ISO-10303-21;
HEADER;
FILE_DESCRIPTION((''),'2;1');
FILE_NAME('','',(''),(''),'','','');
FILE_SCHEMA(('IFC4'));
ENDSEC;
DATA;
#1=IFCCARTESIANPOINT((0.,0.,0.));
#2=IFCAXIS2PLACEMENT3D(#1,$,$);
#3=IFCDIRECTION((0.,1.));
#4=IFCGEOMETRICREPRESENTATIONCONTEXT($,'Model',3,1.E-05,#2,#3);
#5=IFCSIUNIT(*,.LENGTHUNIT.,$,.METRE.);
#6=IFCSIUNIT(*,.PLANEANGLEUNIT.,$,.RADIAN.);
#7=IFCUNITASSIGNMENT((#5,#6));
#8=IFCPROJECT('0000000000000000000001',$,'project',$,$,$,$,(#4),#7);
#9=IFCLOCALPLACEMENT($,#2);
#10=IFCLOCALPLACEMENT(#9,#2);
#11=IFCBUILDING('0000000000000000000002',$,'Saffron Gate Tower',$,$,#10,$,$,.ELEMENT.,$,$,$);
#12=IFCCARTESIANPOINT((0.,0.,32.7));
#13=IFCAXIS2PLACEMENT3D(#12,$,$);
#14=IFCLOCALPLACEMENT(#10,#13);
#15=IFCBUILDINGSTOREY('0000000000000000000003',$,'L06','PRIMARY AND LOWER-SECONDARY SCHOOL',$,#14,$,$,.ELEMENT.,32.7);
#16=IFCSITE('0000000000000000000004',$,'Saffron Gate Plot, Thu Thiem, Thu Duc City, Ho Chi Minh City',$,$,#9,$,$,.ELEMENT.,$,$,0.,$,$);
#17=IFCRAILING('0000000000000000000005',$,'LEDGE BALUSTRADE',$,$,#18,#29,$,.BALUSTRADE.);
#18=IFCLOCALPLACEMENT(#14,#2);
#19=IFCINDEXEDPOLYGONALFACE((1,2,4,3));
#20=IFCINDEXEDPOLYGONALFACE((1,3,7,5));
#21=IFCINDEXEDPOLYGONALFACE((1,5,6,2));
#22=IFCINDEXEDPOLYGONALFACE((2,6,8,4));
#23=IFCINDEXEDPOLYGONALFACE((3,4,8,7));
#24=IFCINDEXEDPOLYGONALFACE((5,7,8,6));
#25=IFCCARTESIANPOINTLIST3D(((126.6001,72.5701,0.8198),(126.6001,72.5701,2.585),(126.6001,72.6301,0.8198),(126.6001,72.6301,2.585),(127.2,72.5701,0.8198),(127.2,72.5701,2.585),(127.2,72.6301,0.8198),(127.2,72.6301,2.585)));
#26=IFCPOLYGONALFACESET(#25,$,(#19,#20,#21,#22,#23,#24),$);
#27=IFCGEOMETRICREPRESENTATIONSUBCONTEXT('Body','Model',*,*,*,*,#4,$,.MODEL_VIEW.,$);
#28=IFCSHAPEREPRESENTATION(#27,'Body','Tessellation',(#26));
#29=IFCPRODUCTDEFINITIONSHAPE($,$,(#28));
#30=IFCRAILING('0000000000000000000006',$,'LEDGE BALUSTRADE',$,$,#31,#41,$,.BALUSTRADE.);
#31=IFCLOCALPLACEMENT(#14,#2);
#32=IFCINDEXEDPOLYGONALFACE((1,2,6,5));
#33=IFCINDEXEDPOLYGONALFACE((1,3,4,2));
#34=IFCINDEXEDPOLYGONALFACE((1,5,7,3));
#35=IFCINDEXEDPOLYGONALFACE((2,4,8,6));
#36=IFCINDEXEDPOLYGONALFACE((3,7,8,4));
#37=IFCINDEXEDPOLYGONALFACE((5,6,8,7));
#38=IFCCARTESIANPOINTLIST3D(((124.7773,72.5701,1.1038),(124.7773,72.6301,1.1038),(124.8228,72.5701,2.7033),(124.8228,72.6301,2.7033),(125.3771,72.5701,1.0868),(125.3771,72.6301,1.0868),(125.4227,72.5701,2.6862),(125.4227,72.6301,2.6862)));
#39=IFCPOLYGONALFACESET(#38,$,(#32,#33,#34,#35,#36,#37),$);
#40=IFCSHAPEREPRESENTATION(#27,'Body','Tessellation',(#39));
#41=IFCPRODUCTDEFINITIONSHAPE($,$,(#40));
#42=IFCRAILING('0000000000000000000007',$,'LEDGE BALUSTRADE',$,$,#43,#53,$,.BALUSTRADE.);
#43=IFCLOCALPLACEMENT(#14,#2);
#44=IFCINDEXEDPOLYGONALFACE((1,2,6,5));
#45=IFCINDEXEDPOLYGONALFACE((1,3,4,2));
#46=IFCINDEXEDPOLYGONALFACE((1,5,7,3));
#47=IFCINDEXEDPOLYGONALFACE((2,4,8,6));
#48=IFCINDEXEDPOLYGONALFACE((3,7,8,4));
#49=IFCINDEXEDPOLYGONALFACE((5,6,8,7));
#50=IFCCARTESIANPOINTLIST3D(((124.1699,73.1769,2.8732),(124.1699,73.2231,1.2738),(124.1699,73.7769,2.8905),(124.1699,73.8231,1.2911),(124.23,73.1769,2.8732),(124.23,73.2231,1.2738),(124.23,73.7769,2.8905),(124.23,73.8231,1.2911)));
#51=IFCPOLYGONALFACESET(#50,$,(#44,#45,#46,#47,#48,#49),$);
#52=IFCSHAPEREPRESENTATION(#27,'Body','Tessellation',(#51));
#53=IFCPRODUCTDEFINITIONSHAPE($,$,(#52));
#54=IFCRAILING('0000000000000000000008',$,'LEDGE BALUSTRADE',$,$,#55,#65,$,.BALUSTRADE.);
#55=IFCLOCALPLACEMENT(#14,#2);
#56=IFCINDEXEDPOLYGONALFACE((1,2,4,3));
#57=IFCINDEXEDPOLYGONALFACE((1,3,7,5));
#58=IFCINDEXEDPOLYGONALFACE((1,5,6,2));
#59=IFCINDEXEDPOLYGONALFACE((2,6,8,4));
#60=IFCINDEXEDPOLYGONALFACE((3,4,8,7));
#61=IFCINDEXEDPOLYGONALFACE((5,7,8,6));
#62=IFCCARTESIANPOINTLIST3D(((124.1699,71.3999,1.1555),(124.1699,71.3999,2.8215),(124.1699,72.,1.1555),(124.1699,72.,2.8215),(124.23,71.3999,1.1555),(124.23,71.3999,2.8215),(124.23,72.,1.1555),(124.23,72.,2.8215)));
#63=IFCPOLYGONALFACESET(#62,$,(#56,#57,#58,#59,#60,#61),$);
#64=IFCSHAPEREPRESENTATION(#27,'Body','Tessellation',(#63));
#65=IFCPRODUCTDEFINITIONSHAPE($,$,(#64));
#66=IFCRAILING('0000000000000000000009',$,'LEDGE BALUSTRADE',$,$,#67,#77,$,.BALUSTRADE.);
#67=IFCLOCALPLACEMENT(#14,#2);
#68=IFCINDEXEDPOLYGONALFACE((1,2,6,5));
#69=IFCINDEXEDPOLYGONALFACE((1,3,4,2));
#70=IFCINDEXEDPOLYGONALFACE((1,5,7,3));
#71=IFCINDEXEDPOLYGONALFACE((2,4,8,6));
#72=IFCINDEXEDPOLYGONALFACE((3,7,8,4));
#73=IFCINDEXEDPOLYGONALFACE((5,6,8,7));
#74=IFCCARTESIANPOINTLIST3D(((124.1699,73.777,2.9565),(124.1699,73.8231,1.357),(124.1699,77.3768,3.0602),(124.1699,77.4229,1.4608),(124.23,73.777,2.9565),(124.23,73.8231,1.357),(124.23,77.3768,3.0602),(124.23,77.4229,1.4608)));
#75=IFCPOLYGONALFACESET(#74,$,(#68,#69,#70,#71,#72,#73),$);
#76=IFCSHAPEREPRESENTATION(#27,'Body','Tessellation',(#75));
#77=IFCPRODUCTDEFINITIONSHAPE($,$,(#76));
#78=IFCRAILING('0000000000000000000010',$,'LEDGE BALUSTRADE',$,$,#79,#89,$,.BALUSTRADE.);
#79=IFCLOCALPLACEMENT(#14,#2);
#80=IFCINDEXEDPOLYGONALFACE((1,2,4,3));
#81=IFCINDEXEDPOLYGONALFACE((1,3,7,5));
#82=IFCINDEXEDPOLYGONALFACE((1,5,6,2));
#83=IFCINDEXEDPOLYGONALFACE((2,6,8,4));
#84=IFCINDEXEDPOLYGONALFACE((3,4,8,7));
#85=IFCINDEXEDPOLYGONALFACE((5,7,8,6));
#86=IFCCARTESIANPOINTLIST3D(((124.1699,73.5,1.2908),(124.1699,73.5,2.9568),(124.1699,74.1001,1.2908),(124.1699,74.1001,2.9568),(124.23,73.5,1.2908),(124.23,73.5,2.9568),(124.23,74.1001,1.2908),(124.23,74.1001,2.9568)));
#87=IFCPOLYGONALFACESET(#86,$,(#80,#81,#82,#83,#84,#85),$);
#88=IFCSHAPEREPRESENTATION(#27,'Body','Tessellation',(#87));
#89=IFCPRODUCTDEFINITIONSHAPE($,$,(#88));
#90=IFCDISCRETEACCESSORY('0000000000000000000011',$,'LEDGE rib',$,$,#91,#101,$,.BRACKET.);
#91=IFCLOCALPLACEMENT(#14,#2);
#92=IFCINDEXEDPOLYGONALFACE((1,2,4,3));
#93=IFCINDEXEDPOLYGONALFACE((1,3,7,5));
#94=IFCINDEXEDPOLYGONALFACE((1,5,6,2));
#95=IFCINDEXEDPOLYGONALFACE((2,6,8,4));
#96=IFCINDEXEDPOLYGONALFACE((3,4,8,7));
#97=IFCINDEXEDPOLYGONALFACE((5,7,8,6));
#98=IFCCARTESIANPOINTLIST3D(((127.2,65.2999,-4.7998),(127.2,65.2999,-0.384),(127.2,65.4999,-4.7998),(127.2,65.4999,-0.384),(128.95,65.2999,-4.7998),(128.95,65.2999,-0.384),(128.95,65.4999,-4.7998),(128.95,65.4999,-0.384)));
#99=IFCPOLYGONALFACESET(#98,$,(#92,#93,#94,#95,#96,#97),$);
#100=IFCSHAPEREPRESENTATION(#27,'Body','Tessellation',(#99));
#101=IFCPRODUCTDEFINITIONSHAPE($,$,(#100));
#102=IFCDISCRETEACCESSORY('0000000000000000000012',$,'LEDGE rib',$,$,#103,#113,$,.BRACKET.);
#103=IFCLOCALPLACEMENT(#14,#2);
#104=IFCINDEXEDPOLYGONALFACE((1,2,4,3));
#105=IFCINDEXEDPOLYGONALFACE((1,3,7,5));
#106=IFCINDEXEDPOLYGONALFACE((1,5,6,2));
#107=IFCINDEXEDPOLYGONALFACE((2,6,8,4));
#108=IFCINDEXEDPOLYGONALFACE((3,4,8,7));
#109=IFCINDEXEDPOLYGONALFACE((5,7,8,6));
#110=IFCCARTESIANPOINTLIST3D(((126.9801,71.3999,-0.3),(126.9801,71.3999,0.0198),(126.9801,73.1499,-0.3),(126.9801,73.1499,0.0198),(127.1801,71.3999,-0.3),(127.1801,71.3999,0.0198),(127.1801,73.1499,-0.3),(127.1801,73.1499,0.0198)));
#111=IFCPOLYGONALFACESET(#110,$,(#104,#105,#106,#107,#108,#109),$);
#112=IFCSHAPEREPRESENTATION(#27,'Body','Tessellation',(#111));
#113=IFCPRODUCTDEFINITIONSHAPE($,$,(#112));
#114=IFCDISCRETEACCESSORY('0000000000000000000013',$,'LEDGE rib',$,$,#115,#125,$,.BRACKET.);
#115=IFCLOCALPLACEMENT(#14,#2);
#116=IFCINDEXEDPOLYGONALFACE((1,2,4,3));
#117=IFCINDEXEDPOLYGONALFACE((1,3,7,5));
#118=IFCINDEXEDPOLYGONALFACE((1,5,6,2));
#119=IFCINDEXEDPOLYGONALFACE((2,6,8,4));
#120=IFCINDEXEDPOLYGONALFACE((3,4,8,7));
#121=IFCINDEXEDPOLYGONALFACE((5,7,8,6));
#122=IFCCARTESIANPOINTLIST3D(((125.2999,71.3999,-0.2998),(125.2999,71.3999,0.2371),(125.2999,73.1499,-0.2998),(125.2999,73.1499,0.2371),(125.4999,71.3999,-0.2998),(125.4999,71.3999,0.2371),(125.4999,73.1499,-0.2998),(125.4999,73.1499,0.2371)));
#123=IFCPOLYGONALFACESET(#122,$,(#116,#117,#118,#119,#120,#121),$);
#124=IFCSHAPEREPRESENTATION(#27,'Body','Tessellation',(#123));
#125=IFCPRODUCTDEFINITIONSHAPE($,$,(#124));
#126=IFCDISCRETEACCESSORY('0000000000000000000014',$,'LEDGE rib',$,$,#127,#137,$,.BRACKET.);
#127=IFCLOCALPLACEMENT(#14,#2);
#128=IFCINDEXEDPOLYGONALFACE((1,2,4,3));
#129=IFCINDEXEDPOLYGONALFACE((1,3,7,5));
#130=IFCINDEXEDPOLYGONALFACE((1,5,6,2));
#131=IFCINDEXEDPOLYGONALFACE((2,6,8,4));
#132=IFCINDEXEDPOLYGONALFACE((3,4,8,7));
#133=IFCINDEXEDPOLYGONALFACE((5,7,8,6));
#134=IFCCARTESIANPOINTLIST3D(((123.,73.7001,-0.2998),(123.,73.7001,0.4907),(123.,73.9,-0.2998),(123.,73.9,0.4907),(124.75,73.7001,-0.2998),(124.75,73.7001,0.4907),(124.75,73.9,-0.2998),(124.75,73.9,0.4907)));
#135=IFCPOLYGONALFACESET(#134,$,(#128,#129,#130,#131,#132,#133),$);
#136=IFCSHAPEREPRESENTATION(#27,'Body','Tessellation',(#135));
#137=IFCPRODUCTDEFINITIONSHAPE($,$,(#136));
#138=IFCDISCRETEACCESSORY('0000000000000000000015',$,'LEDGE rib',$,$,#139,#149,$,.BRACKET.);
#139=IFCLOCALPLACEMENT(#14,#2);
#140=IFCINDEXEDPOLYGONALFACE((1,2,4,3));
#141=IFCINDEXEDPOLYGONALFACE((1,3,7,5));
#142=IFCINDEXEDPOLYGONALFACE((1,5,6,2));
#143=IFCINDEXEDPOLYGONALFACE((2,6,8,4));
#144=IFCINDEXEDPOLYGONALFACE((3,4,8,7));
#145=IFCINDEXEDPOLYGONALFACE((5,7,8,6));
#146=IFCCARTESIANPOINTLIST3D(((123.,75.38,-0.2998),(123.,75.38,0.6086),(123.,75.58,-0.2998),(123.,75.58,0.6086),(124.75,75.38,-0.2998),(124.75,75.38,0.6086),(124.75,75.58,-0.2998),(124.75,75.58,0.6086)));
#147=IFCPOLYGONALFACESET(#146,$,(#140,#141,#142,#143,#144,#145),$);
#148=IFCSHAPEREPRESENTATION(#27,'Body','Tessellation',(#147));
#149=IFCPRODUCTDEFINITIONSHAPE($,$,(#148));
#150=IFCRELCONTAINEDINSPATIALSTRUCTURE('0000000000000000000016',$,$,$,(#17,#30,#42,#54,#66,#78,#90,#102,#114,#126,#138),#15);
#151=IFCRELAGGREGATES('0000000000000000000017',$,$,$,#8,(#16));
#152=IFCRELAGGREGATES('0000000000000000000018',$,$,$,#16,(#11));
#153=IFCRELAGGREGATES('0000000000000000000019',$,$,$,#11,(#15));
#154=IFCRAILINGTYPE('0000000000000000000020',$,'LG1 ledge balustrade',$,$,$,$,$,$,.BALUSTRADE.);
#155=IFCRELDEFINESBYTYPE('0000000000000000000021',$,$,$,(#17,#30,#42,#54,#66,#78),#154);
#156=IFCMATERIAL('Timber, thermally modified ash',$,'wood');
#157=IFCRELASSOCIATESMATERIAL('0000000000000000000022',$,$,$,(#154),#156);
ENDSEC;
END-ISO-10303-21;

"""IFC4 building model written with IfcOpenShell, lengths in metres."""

from ifc_helpers import new_model, si_unit, direction, frame, origin, origin_2d, place, context, subcontext, project, spatial, rectangle, extrude, material, type_object, element, save


model = new_model("IFC4")

# Units and contexts
model_context = context("Model", 3, precision=1e-05, world=origin(), true_north=direction((0.0, 1.0)))
body_context = subcontext(model_context, "Body", "Model", "MODEL_VIEW")
ifc_project = project(units=[si_unit("LENGTHUNIT", "METRE"), si_unit("PLANEANGLEUNIT", "RADIAN")], contexts=[model_context])

# Site, building, storey
site_placement = place(None, origin())
site = spatial("IfcSite", under=ifc_project, at=site_placement, Name="Saffron Gate Plot, Thu Thiem, Thu Duc City, Ho Chi Minh City", CompositionType="ELEMENT", RefElevation=0.0)
building_placement = place(site_placement, origin())
building = spatial("IfcBuilding", under=site, at=building_placement, Name="Saffron Gate Tower", CompositionType="ELEMENT")
storey_placement = place(building_placement, frame((0.0, 0.0, 32.7)))
storey = spatial("IfcBuildingStorey", under=building, at=storey_placement, Name="L06", Description="PRIMARY AND LOWER-SECONDARY SCHOOL", CompositionType="ELEMENT", Elevation=32.7)

# Shared definitions
ifc_material_1 = material(Name="Timber, thermally modified ash", Category="wood")

# Railings
railing_type = type_object("IfcRailingType", Name="LG1 ledge balustrade", PredefinedType="BALUSTRADE", material=ifc_material_1)
railing_1_placement = place(storey_placement, frame((127.2, 72.6001, 0.8198)))
element("IfcRailing", 1, at=railing_1_placement, inside=storey, type_object=railing_type, Name="LEDGE BALUSTRADE", PredefinedType="BALUSTRADE", context=body_context, shape_type="SweptSolid", body=[
    extrude(rectangle(XDim=0.0601, YDim=1.7651, at=origin_2d()), frame((0.0, 0.0, 0.8826), z_axis=(-1.0, 0.0, 0.0), x_axis=(0.0, -1.0, 0.0)), (0.0, 0.0, 1.0), 0.5999),
])
railing_2_placement = place(storey_placement, frame((125.3999, 72.6001, 1.0864)))
element("IfcRailing", 2, at=railing_2_placement, inside=storey, type_object=railing_type, Name="LEDGE BALUSTRADE", PredefinedType="BALUSTRADE", context=body_context, shape_type="SweptSolid", body=[
    extrude(rectangle(XDim=0.0601, YDim=1.6001, at=origin_2d()), frame((0.0, 0.0, 0.8), z_axis=(-0.999594, 0.0, 0.028478), x_axis=(0.0, -1.0, 0.0)), (0.0, 0.0, 1.0), 0.6001),
])
railing_3_placement = place(storey_placement, frame((124.2, 73.2, 1.2734)))
element("IfcRailing", 3, at=railing_3_placement, inside=storey, type_object=railing_type, Name="LEDGE BALUSTRADE", PredefinedType="BALUSTRADE", context=body_context, shape_type="SweptSolid", body=[
    extrude(rectangle(XDim=0.0601, YDim=1.6001, at=origin_2d()), frame((0.0, 0.0, 0.8), z_axis=(0.0, 0.999583, 0.028873), x_axis=(-1.0, 0.0, 0.0)), (0.0, 0.0, 1.0), 0.6003),
])
railing_4_placement = place(storey_placement, frame((124.2, 71.3999, 1.1555)))
element("IfcRailing", 4, at=railing_4_placement, inside=storey, type_object=railing_type, Name="LEDGE BALUSTRADE", PredefinedType="BALUSTRADE", context=body_context, shape_type="SweptSolid", body=[
    extrude(rectangle(XDim=0.0601, YDim=1.666, at=origin_2d()), frame((0.0, 0.0, 0.833), z_axis=(0.0, 1.0, 0.0), x_axis=(-1.0, 0.0, 0.0)), (0.0, 0.0, 1.0), 0.6001),
])
railing_5_placement = place(storey_placement, frame((124.2, 73.8, 1.3567)))
element("IfcRailing", 5, at=railing_5_placement, inside=storey, type_object=railing_type, Name="LEDGE BALUSTRADE", PredefinedType="BALUSTRADE", context=body_context, shape_type="SweptSolid", body=[
    extrude(rectangle(XDim=0.0601, YDim=1.6001, at=origin_2d()), frame((0.0, 0.0, 0.8), z_axis=(0.0, 0.999585, 0.028811), x_axis=(-1.0, 0.0, 0.0)), (0.0, 0.0, 1.0), 3.6013),
])
railing_6_placement = place(storey_placement, frame((124.2, 73.5, 1.2908)))
element("IfcRailing", 6, at=railing_6_placement, inside=storey, type_object=railing_type, Name="LEDGE BALUSTRADE", PredefinedType="BALUSTRADE", context=body_context, shape_type="SweptSolid", body=[
    extrude(rectangle(XDim=0.0601, YDim=1.666, at=origin_2d()), frame((0.0, 0.0, 0.833), z_axis=(0.0, 1.0, 0.0), x_axis=(-1.0, 0.0, 0.0)), (0.0, 0.0, 1.0), 0.6001),
])

# Discrete accessories
discrete_accessory_1_placement = place(storey_placement, frame((128.075, 65.3999, -4.7998), z_axis=(0.0, 0.0, 1.0), x_axis=(0.0, 1.0, 0.0)))
element("IfcDiscreteAccessory", 7, at=discrete_accessory_1_placement, inside=storey, Name="LEDGE rib", PredefinedType="BRACKET", context=body_context, shape_type="SweptSolid", body=[
    extrude(rectangle(XDim=0.2, YDim=1.75, at=origin_2d()), origin(), (0.0, 0.0, 1.0), 4.4158),
])
discrete_accessory_2_placement = place(storey_placement, frame((127.0801, 72.2749, -0.3), z_axis=(0.0, 0.0, 1.0), x_axis=(-1.0, 0.0, 0.0)))
element("IfcDiscreteAccessory", 8, at=discrete_accessory_2_placement, inside=storey, Name="LEDGE rib", PredefinedType="BRACKET", context=body_context, shape_type="SweptSolid", body=[
    extrude(rectangle(XDim=0.2, YDim=1.75, at=origin_2d()), origin(), (0.0, 0.0, 1.0), 0.3198),
])
discrete_accessory_3_placement = place(storey_placement, frame((125.3999, 72.2749, -0.2998), z_axis=(0.0, 0.0, 1.0), x_axis=(-1.0, 0.0, 0.0)))
element("IfcDiscreteAccessory", 9, at=discrete_accessory_3_placement, inside=storey, Name="LEDGE rib", PredefinedType="BRACKET", context=body_context, shape_type="SweptSolid", body=[
    extrude(rectangle(XDim=0.2, YDim=1.75, at=origin_2d()), origin(), (0.0, 0.0, 1.0), 0.5369),
])
discrete_accessory_4_placement = place(storey_placement, frame((123.875, 73.8, -0.2998), z_axis=(0.0, 0.0, 1.0), x_axis=(0.0, 1.0, 0.0)))
element("IfcDiscreteAccessory", 10, at=discrete_accessory_4_placement, inside=storey, Name="LEDGE rib", PredefinedType="BRACKET", context=body_context, shape_type="SweptSolid", body=[
    extrude(rectangle(XDim=0.2, YDim=1.75, at=origin_2d()), origin(), (0.0, 0.0, 1.0), 0.7905),
])
discrete_accessory_5_placement = place(storey_placement, frame((123.875, 75.48, -0.2998), z_axis=(0.0, 0.0, 1.0), x_axis=(0.0, 1.0, 0.0)))
element("IfcDiscreteAccessory", 11, at=discrete_accessory_5_placement, inside=storey, Name="LEDGE rib", PredefinedType="BRACKET", context=body_context, shape_type="SweptSolid", body=[
    extrude(rectangle(XDim=0.2, YDim=1.75, at=origin_2d()), origin(), (0.0, 0.0, 1.0), 0.9084),
])

save(model, "model.ifc")
